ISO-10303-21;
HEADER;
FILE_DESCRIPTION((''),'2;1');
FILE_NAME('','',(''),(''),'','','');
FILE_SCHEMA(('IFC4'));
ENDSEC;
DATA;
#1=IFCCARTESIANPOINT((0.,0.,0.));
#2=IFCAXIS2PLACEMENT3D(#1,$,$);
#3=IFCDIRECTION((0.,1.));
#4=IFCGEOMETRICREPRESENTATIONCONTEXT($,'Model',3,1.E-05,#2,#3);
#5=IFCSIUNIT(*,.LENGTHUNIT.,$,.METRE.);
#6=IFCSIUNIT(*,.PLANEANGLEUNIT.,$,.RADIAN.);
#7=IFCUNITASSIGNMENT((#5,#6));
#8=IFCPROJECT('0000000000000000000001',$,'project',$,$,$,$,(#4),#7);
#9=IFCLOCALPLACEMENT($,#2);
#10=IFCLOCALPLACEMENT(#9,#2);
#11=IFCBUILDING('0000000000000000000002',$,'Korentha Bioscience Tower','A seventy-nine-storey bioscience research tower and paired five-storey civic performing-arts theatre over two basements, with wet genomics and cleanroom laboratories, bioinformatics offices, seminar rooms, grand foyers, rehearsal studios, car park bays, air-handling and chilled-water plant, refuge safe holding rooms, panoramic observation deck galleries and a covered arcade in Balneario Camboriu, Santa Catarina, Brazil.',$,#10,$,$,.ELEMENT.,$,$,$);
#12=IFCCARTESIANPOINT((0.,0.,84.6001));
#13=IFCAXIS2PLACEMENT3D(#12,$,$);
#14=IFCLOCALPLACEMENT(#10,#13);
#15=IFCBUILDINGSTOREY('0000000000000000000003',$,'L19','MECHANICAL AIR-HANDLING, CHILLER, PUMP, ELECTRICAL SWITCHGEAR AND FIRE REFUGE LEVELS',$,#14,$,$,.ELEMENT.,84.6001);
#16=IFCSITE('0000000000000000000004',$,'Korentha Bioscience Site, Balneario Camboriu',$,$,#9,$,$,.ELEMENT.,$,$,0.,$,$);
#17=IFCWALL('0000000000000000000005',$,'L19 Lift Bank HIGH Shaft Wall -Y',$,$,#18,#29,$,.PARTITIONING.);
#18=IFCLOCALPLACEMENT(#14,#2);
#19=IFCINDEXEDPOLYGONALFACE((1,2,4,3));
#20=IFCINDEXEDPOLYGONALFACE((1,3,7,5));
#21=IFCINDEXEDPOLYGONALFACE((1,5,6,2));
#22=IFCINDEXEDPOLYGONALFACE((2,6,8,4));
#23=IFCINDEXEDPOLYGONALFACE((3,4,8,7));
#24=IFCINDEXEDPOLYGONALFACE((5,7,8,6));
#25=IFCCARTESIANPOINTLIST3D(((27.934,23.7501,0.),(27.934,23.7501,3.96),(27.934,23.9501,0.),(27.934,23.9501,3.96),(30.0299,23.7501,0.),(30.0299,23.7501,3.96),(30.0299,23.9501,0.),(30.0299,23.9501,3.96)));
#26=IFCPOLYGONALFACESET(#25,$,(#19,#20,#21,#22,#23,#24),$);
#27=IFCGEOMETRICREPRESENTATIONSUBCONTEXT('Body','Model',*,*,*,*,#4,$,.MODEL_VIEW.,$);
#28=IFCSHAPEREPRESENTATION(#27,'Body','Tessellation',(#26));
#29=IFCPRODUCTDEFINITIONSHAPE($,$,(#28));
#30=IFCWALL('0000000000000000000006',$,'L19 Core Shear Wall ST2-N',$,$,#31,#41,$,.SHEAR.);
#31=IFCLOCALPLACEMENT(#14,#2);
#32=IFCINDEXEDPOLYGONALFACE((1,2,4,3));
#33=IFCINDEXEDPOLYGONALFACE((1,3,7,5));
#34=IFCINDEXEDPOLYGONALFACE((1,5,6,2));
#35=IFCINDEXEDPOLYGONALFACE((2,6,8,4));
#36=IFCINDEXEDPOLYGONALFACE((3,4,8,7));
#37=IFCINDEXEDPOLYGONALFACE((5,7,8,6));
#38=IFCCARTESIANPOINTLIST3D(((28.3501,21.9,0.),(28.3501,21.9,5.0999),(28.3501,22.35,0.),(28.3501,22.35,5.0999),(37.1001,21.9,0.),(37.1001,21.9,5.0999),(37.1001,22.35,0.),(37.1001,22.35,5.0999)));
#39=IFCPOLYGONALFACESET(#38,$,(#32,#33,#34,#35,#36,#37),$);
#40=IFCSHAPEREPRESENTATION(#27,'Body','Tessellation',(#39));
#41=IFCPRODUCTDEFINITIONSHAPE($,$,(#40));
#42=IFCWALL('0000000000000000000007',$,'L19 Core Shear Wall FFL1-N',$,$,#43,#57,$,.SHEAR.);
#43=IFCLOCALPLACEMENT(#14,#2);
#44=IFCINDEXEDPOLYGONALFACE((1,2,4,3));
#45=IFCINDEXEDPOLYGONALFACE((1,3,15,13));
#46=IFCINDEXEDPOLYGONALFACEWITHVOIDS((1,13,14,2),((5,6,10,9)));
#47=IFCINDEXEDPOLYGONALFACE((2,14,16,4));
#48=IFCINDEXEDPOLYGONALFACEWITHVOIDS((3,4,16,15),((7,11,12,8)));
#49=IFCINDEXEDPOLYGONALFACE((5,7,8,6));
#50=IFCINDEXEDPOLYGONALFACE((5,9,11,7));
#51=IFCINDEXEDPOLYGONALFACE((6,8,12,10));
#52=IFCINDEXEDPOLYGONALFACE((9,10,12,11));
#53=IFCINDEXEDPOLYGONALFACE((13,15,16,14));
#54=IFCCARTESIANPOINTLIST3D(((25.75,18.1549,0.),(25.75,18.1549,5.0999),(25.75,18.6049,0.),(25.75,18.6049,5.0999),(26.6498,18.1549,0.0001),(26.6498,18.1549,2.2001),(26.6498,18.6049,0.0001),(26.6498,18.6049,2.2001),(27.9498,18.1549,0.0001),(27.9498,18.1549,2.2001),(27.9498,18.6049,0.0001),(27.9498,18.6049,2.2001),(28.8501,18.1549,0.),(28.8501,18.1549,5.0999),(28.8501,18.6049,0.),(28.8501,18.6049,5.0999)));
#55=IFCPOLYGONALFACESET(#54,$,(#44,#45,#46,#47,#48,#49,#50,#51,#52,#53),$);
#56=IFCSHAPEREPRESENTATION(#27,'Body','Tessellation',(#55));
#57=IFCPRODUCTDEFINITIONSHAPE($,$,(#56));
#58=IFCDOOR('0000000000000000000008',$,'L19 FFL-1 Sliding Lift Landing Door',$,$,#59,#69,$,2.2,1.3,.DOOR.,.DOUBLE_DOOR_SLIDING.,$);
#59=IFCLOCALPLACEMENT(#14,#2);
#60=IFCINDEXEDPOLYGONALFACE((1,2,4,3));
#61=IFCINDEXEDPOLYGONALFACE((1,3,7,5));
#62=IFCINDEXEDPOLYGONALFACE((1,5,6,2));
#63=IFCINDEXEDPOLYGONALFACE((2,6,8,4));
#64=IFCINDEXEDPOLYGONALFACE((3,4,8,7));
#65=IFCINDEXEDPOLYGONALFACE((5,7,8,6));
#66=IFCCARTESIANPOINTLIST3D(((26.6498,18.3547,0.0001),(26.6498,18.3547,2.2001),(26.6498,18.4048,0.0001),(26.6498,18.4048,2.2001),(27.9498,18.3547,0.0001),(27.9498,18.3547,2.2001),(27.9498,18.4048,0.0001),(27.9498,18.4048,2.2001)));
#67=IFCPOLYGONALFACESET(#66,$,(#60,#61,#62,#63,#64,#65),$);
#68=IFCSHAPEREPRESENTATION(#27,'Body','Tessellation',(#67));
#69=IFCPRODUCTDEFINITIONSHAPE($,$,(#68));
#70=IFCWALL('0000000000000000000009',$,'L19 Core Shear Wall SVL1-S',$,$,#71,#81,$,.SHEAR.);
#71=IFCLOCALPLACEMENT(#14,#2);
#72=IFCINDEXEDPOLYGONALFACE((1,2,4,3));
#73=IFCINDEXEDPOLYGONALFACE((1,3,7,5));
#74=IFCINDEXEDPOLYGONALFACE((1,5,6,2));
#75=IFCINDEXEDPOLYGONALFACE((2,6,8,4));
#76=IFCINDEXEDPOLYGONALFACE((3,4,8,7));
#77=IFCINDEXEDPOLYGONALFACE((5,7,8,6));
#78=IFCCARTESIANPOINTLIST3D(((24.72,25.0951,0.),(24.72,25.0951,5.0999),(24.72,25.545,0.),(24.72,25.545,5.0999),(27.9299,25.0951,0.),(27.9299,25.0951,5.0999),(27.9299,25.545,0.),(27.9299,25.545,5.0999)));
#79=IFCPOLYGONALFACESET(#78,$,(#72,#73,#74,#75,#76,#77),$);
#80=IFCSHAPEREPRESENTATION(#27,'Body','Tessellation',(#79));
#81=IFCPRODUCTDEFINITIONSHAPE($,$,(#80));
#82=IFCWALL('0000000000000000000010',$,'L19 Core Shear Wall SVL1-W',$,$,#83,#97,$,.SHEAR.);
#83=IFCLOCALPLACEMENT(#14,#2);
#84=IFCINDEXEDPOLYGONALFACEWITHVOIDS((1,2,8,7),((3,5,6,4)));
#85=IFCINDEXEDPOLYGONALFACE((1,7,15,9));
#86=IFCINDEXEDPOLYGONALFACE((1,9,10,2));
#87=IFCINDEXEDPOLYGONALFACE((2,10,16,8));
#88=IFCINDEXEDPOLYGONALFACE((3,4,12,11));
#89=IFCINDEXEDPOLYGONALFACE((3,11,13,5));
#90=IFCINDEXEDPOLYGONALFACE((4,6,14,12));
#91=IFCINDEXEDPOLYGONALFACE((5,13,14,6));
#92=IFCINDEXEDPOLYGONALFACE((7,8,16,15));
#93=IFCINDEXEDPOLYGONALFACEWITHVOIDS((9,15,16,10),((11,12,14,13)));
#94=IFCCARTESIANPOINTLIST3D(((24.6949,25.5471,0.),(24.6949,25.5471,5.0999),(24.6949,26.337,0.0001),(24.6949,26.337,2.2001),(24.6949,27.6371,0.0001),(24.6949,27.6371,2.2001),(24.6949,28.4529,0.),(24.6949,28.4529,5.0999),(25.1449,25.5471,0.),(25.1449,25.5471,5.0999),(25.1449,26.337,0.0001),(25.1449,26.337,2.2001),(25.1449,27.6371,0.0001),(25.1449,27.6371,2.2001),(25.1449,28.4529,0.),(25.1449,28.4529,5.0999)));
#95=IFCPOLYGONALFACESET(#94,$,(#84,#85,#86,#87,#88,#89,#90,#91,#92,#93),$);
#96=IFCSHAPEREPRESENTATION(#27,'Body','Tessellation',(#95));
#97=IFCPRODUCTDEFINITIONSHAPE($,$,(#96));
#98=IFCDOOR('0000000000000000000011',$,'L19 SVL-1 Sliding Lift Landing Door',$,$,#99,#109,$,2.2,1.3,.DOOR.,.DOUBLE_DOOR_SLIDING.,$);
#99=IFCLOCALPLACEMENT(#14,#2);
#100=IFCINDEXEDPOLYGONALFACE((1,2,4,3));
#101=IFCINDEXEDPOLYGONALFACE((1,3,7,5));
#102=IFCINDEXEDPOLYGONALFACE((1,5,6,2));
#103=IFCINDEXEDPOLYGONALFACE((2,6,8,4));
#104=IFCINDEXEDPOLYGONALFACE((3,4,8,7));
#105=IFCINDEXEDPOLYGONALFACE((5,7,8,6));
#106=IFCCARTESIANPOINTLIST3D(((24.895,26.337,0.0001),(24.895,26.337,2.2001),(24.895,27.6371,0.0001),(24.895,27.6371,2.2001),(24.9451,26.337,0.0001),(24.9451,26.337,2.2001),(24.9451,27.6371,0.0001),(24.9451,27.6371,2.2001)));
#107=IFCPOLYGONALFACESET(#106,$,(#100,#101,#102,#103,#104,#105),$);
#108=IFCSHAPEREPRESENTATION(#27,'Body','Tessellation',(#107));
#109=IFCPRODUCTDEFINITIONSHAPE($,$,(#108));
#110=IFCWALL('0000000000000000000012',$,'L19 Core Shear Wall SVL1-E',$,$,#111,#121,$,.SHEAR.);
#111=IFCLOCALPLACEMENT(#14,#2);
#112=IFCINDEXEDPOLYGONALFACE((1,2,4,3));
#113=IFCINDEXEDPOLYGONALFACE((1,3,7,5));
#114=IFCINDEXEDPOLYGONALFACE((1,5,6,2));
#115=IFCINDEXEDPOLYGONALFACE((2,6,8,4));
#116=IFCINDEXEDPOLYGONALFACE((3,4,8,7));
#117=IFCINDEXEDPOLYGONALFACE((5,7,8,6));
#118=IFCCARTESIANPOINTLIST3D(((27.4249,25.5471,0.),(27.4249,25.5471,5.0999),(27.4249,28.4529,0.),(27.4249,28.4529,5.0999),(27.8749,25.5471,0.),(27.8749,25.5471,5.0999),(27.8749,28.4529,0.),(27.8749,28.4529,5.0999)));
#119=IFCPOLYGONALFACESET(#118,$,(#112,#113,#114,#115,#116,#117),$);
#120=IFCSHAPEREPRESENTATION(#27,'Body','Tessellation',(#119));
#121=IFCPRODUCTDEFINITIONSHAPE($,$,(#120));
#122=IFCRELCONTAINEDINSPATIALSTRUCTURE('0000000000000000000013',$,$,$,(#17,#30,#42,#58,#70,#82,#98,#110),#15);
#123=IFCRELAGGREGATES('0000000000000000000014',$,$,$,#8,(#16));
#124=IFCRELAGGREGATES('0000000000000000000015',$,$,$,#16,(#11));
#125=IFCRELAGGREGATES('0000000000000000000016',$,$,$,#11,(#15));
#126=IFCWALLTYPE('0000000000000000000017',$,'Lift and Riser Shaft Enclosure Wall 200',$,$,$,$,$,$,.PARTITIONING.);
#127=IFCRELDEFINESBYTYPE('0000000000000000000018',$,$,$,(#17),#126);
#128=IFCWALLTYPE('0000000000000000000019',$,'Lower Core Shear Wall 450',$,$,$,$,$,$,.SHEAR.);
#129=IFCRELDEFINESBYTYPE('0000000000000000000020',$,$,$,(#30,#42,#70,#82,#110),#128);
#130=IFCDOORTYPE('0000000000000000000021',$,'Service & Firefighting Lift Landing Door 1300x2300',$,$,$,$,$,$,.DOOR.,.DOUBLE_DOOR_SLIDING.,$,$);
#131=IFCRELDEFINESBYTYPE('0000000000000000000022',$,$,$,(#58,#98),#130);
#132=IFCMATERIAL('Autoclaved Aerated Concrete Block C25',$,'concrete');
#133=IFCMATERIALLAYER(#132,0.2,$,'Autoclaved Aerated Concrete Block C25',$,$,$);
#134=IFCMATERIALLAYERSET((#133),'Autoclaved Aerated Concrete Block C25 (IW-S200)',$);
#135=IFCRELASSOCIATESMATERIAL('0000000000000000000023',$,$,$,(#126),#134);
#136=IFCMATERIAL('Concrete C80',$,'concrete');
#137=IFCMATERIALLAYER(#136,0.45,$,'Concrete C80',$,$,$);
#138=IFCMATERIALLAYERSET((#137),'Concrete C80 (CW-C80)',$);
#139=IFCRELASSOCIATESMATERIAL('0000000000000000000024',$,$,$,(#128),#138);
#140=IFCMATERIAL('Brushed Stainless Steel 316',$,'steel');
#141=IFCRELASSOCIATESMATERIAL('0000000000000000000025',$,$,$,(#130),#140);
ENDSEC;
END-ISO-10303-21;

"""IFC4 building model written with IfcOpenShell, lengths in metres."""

from ifc_helpers import new_model, si_unit, direction, frame, frame_2d, origin, place, context, subcontext, project, spatial, rectangle, extrude, material, layer, layer_set, type_object, element, fill, save


model = new_model("IFC4")

# Units and contexts
model_context = context("Model", 3, precision=1e-05, world=origin(), true_north=direction((0.0, 1.0)))
body_context = subcontext(model_context, "Body", "Model", "MODEL_VIEW")
ifc_project = project(units=[si_unit("LENGTHUNIT", "METRE"), si_unit("PLANEANGLEUNIT", "RADIAN")], contexts=[model_context])

# Site, building, storey
site_placement = place(None, origin())
site = spatial("IfcSite", under=ifc_project, at=site_placement, Name="Korentha Bioscience Site, Balneario Camboriu", CompositionType="ELEMENT", RefElevation=0.0)
building_placement = place(site_placement, origin())
building = spatial("IfcBuilding", under=site, at=building_placement, Name="Korentha Bioscience Tower", Description="A seventy-nine-storey bioscience research tower and paired five-storey civic performing-arts theatre over two basements, with wet genomics and cleanroom laboratories, bioinformatics offices, seminar rooms, grand foyers, rehearsal studios, car park bays, air-handling and chilled-water plant, refuge safe holding rooms, panoramic observation deck galleries and a covered arcade in Balneario Camboriu, Santa Catarina, Brazil.", CompositionType="ELEMENT")
storey_placement = place(building_placement, frame((0.0, 0.0, 84.6001)))
storey = spatial("IfcBuildingStorey", under=building, at=storey_placement, Name="L19", Description="MECHANICAL AIR-HANDLING, CHILLER, PUMP, ELECTRICAL SWITCHGEAR AND FIRE REFUGE LEVELS", CompositionType="ELEMENT", Elevation=84.6001)

# Shared definitions
ifc_material_1 = material(Name="Concrete C80", Category="concrete")

# Walls
ifc_material_2 = material(Name="Autoclaved Aerated Concrete Block C25", Category="concrete")
ifc_layer_1 = layer(ifc_material_2, 0.2, Name="Autoclaved Aerated Concrete Block C25")
ifc_layer_set_1 = layer_set([ifc_layer_1], Name="Autoclaved Aerated Concrete Block C25 (IW-S200)")
wall_type_1 = type_object("IfcWallType", Name="Lift and Riser Shaft Enclosure Wall 200", PredefinedType="PARTITIONING", material=ifc_layer_set_1)
wall_1_placement = place(storey_placement, frame((27.9341, 23.8501, 0.0), z_axis=(0.0, 0.0, 1.0), x_axis=(1.0, 0.0, 0.0)))
element("IfcWall", 1, at=wall_1_placement, inside=storey, type_object=wall_type_1, Name="L19 Lift Bank HIGH Shaft Wall -Y", PredefinedType="PARTITIONING", context=body_context, shape_type="SweptSolid", body=[
    extrude(rectangle(XDim=2.0959, YDim=0.2, at=frame_2d((1.0479, 0.0))), origin(), (0.0, 0.0, 1.0), 3.96),
])
ifc_layer_2 = layer(ifc_material_1, 0.45, Name="Concrete C80")
ifc_layer_set_2 = layer_set([ifc_layer_2], Name="Concrete C80 (CW-C80)")
wall_type_2 = type_object("IfcWallType", Name="Lower Core Shear Wall 450", PredefinedType="SHEAR", material=ifc_layer_set_2)
wall_2_placement = place(storey_placement, frame((28.3501, 22.125, 0.0), z_axis=(0.0, 0.0, 1.0), x_axis=(1.0, 0.0, 0.0)))
element("IfcWall", 2, at=wall_2_placement, inside=storey, type_object=wall_type_2, Name="L19 Core Shear Wall ST2-N", PredefinedType="SHEAR", context=body_context, shape_type="SweptSolid", body=[
    extrude(rectangle(XDim=8.75, YDim=0.45, at=frame_2d((4.375, 0.0))), origin(), (0.0, 0.0, 1.0), 5.0999),
])

# Wall, opening, door
wall_3_placement = place(storey_placement, frame((25.75, 18.3799, 0.0), z_axis=(0.0, 0.0, 1.0), x_axis=(1.0, 0.0, 0.0)))
wall_3 = element("IfcWall", 3, at=wall_3_placement, inside=storey, type_object=wall_type_2, Name="L19 Core Shear Wall FFL1-N", PredefinedType="SHEAR", context=body_context, shape_type="SweptSolid", body=[
    extrude(rectangle(XDim=3.1001, YDim=0.45, at=frame_2d((1.55, 0.0))), origin(), (0.0, 0.0, 1.0), 5.0999),
])
opening_1_placement = place(wall_3_placement, frame((0.8999, 0.0, 0.0)))
opening_1 = element("IfcOpeningElement", 4, at=opening_1_placement, cuts=wall_3, PredefinedType="OPENING", context=body_context, shape_type="SweptSolid", body=[
    extrude(rectangle(XDim=1.3, YDim=2.2, at=frame_2d((0.6499, 1.1001))), frame((0.0, 0.2397, 0.0), z_axis=(0.0, -1.0, 0.0), x_axis=(1.0, 0.0, 0.0)), (0.0, 0.0, 1.0), 0.4797),
])
ifc_material_3 = material(Name="Brushed Stainless Steel 316", Category="steel")
door_type_1 = type_object("IfcDoorType", Name="Service & Firefighting Lift Landing Door 1300x2300", OperationType="DOUBLE_DOOR_SLIDING", PredefinedType="DOOR", material=ifc_material_3)
door_1_placement = place(opening_1_placement, origin())
door_1 = element("IfcDoor", 5, at=door_1_placement, inside=storey, type_object=door_type_1, Name="L19 FFL-1 Sliding Lift Landing Door", OperationType="DOUBLE_DOOR_SLIDING", OverallHeight=2.2, OverallWidth=1.3, PredefinedType="DOOR", context=body_context, shape_type="SweptSolid", body=[
    extrude(rectangle(XDim=1.3, YDim=2.2, at=frame_2d((0.6499, 1.1001))), frame((0.0, 0.0249, 0.0), z_axis=(0.0, -1.0, 0.0), x_axis=(1.0, 0.0, 0.0)), (0.0, 0.0, 1.0), 0.05),
])
fill(opening_1, door_1)

# Wall
wall_4_placement = place(storey_placement, frame((24.72, 25.3201, 0.0), z_axis=(0.0, 0.0, 1.0), x_axis=(1.0, 0.0, 0.0)))
element("IfcWall", 6, at=wall_4_placement, inside=storey, type_object=wall_type_2, Name="L19 Core Shear Wall SVL1-S", PredefinedType="SHEAR", context=body_context, shape_type="SweptSolid", body=[
    extrude(rectangle(XDim=3.21, YDim=0.45, at=frame_2d((1.605, 0.0))), origin(), (0.0, 0.0, 1.0), 5.0999),
])

# Wall, opening, door
wall_5_placement = place(storey_placement, frame((24.9199, 25.5471, 0.0), z_axis=(0.0, 0.0, 1.0), x_axis=(0.0, 1.0, 0.0)))
wall_5 = element("IfcWall", 7, at=wall_5_placement, inside=storey, type_object=wall_type_2, Name="L19 Core Shear Wall SVL1-W", PredefinedType="SHEAR", context=body_context, shape_type="SweptSolid", body=[
    extrude(rectangle(XDim=2.9058, YDim=0.45, at=frame_2d((1.4529, 0.0))), origin(), (0.0, 0.0, 1.0), 5.0999),
])
opening_2_placement = place(wall_5_placement, frame((0.79, 0.0, 0.0)))
opening_2 = element("IfcOpeningElement", 8, at=opening_2_placement, cuts=wall_5, PredefinedType="OPENING", context=body_context, shape_type="SweptSolid", body=[
    extrude(rectangle(XDim=1.3, YDim=2.2, at=frame_2d((0.6499, 1.1001))), frame((0.0, 0.2397, 0.0), z_axis=(0.0, -1.0, 0.0), x_axis=(1.0, 0.0, 0.0)), (0.0, 0.0, 1.0), 0.4797),
])
door_2_placement = place(opening_2_placement, origin())
door_2 = element("IfcDoor", 9, at=door_2_placement, inside=storey, type_object=door_type_1, Name="L19 SVL-1 Sliding Lift Landing Door", OperationType="DOUBLE_DOOR_SLIDING", OverallHeight=2.2, OverallWidth=1.3, PredefinedType="DOOR", context=body_context, shape_type="SweptSolid", body=[
    extrude(rectangle(XDim=1.3, YDim=2.2, at=frame_2d((0.6499, 1.1001))), frame((0.0, 0.0249, 0.0), z_axis=(0.0, -1.0, 0.0), x_axis=(1.0, 0.0, 0.0)), (0.0, 0.0, 1.0), 0.05),
])
fill(opening_2, door_2)

# Wall
wall_6_placement = place(storey_placement, frame((27.6499, 25.5471, 0.0), z_axis=(0.0, 0.0, 1.0), x_axis=(0.0, 1.0, 0.0)))
element("IfcWall", 10, at=wall_6_placement, inside=storey, type_object=wall_type_2, Name="L19 Core Shear Wall SVL1-E", PredefinedType="SHEAR", context=body_context, shape_type="SweptSolid", body=[
    extrude(rectangle(XDim=2.9058, YDim=0.45, at=frame_2d((1.4529, 0.0))), origin(), (0.0, 0.0, 1.0), 5.0999),
])

save(model, "model.ifc")
